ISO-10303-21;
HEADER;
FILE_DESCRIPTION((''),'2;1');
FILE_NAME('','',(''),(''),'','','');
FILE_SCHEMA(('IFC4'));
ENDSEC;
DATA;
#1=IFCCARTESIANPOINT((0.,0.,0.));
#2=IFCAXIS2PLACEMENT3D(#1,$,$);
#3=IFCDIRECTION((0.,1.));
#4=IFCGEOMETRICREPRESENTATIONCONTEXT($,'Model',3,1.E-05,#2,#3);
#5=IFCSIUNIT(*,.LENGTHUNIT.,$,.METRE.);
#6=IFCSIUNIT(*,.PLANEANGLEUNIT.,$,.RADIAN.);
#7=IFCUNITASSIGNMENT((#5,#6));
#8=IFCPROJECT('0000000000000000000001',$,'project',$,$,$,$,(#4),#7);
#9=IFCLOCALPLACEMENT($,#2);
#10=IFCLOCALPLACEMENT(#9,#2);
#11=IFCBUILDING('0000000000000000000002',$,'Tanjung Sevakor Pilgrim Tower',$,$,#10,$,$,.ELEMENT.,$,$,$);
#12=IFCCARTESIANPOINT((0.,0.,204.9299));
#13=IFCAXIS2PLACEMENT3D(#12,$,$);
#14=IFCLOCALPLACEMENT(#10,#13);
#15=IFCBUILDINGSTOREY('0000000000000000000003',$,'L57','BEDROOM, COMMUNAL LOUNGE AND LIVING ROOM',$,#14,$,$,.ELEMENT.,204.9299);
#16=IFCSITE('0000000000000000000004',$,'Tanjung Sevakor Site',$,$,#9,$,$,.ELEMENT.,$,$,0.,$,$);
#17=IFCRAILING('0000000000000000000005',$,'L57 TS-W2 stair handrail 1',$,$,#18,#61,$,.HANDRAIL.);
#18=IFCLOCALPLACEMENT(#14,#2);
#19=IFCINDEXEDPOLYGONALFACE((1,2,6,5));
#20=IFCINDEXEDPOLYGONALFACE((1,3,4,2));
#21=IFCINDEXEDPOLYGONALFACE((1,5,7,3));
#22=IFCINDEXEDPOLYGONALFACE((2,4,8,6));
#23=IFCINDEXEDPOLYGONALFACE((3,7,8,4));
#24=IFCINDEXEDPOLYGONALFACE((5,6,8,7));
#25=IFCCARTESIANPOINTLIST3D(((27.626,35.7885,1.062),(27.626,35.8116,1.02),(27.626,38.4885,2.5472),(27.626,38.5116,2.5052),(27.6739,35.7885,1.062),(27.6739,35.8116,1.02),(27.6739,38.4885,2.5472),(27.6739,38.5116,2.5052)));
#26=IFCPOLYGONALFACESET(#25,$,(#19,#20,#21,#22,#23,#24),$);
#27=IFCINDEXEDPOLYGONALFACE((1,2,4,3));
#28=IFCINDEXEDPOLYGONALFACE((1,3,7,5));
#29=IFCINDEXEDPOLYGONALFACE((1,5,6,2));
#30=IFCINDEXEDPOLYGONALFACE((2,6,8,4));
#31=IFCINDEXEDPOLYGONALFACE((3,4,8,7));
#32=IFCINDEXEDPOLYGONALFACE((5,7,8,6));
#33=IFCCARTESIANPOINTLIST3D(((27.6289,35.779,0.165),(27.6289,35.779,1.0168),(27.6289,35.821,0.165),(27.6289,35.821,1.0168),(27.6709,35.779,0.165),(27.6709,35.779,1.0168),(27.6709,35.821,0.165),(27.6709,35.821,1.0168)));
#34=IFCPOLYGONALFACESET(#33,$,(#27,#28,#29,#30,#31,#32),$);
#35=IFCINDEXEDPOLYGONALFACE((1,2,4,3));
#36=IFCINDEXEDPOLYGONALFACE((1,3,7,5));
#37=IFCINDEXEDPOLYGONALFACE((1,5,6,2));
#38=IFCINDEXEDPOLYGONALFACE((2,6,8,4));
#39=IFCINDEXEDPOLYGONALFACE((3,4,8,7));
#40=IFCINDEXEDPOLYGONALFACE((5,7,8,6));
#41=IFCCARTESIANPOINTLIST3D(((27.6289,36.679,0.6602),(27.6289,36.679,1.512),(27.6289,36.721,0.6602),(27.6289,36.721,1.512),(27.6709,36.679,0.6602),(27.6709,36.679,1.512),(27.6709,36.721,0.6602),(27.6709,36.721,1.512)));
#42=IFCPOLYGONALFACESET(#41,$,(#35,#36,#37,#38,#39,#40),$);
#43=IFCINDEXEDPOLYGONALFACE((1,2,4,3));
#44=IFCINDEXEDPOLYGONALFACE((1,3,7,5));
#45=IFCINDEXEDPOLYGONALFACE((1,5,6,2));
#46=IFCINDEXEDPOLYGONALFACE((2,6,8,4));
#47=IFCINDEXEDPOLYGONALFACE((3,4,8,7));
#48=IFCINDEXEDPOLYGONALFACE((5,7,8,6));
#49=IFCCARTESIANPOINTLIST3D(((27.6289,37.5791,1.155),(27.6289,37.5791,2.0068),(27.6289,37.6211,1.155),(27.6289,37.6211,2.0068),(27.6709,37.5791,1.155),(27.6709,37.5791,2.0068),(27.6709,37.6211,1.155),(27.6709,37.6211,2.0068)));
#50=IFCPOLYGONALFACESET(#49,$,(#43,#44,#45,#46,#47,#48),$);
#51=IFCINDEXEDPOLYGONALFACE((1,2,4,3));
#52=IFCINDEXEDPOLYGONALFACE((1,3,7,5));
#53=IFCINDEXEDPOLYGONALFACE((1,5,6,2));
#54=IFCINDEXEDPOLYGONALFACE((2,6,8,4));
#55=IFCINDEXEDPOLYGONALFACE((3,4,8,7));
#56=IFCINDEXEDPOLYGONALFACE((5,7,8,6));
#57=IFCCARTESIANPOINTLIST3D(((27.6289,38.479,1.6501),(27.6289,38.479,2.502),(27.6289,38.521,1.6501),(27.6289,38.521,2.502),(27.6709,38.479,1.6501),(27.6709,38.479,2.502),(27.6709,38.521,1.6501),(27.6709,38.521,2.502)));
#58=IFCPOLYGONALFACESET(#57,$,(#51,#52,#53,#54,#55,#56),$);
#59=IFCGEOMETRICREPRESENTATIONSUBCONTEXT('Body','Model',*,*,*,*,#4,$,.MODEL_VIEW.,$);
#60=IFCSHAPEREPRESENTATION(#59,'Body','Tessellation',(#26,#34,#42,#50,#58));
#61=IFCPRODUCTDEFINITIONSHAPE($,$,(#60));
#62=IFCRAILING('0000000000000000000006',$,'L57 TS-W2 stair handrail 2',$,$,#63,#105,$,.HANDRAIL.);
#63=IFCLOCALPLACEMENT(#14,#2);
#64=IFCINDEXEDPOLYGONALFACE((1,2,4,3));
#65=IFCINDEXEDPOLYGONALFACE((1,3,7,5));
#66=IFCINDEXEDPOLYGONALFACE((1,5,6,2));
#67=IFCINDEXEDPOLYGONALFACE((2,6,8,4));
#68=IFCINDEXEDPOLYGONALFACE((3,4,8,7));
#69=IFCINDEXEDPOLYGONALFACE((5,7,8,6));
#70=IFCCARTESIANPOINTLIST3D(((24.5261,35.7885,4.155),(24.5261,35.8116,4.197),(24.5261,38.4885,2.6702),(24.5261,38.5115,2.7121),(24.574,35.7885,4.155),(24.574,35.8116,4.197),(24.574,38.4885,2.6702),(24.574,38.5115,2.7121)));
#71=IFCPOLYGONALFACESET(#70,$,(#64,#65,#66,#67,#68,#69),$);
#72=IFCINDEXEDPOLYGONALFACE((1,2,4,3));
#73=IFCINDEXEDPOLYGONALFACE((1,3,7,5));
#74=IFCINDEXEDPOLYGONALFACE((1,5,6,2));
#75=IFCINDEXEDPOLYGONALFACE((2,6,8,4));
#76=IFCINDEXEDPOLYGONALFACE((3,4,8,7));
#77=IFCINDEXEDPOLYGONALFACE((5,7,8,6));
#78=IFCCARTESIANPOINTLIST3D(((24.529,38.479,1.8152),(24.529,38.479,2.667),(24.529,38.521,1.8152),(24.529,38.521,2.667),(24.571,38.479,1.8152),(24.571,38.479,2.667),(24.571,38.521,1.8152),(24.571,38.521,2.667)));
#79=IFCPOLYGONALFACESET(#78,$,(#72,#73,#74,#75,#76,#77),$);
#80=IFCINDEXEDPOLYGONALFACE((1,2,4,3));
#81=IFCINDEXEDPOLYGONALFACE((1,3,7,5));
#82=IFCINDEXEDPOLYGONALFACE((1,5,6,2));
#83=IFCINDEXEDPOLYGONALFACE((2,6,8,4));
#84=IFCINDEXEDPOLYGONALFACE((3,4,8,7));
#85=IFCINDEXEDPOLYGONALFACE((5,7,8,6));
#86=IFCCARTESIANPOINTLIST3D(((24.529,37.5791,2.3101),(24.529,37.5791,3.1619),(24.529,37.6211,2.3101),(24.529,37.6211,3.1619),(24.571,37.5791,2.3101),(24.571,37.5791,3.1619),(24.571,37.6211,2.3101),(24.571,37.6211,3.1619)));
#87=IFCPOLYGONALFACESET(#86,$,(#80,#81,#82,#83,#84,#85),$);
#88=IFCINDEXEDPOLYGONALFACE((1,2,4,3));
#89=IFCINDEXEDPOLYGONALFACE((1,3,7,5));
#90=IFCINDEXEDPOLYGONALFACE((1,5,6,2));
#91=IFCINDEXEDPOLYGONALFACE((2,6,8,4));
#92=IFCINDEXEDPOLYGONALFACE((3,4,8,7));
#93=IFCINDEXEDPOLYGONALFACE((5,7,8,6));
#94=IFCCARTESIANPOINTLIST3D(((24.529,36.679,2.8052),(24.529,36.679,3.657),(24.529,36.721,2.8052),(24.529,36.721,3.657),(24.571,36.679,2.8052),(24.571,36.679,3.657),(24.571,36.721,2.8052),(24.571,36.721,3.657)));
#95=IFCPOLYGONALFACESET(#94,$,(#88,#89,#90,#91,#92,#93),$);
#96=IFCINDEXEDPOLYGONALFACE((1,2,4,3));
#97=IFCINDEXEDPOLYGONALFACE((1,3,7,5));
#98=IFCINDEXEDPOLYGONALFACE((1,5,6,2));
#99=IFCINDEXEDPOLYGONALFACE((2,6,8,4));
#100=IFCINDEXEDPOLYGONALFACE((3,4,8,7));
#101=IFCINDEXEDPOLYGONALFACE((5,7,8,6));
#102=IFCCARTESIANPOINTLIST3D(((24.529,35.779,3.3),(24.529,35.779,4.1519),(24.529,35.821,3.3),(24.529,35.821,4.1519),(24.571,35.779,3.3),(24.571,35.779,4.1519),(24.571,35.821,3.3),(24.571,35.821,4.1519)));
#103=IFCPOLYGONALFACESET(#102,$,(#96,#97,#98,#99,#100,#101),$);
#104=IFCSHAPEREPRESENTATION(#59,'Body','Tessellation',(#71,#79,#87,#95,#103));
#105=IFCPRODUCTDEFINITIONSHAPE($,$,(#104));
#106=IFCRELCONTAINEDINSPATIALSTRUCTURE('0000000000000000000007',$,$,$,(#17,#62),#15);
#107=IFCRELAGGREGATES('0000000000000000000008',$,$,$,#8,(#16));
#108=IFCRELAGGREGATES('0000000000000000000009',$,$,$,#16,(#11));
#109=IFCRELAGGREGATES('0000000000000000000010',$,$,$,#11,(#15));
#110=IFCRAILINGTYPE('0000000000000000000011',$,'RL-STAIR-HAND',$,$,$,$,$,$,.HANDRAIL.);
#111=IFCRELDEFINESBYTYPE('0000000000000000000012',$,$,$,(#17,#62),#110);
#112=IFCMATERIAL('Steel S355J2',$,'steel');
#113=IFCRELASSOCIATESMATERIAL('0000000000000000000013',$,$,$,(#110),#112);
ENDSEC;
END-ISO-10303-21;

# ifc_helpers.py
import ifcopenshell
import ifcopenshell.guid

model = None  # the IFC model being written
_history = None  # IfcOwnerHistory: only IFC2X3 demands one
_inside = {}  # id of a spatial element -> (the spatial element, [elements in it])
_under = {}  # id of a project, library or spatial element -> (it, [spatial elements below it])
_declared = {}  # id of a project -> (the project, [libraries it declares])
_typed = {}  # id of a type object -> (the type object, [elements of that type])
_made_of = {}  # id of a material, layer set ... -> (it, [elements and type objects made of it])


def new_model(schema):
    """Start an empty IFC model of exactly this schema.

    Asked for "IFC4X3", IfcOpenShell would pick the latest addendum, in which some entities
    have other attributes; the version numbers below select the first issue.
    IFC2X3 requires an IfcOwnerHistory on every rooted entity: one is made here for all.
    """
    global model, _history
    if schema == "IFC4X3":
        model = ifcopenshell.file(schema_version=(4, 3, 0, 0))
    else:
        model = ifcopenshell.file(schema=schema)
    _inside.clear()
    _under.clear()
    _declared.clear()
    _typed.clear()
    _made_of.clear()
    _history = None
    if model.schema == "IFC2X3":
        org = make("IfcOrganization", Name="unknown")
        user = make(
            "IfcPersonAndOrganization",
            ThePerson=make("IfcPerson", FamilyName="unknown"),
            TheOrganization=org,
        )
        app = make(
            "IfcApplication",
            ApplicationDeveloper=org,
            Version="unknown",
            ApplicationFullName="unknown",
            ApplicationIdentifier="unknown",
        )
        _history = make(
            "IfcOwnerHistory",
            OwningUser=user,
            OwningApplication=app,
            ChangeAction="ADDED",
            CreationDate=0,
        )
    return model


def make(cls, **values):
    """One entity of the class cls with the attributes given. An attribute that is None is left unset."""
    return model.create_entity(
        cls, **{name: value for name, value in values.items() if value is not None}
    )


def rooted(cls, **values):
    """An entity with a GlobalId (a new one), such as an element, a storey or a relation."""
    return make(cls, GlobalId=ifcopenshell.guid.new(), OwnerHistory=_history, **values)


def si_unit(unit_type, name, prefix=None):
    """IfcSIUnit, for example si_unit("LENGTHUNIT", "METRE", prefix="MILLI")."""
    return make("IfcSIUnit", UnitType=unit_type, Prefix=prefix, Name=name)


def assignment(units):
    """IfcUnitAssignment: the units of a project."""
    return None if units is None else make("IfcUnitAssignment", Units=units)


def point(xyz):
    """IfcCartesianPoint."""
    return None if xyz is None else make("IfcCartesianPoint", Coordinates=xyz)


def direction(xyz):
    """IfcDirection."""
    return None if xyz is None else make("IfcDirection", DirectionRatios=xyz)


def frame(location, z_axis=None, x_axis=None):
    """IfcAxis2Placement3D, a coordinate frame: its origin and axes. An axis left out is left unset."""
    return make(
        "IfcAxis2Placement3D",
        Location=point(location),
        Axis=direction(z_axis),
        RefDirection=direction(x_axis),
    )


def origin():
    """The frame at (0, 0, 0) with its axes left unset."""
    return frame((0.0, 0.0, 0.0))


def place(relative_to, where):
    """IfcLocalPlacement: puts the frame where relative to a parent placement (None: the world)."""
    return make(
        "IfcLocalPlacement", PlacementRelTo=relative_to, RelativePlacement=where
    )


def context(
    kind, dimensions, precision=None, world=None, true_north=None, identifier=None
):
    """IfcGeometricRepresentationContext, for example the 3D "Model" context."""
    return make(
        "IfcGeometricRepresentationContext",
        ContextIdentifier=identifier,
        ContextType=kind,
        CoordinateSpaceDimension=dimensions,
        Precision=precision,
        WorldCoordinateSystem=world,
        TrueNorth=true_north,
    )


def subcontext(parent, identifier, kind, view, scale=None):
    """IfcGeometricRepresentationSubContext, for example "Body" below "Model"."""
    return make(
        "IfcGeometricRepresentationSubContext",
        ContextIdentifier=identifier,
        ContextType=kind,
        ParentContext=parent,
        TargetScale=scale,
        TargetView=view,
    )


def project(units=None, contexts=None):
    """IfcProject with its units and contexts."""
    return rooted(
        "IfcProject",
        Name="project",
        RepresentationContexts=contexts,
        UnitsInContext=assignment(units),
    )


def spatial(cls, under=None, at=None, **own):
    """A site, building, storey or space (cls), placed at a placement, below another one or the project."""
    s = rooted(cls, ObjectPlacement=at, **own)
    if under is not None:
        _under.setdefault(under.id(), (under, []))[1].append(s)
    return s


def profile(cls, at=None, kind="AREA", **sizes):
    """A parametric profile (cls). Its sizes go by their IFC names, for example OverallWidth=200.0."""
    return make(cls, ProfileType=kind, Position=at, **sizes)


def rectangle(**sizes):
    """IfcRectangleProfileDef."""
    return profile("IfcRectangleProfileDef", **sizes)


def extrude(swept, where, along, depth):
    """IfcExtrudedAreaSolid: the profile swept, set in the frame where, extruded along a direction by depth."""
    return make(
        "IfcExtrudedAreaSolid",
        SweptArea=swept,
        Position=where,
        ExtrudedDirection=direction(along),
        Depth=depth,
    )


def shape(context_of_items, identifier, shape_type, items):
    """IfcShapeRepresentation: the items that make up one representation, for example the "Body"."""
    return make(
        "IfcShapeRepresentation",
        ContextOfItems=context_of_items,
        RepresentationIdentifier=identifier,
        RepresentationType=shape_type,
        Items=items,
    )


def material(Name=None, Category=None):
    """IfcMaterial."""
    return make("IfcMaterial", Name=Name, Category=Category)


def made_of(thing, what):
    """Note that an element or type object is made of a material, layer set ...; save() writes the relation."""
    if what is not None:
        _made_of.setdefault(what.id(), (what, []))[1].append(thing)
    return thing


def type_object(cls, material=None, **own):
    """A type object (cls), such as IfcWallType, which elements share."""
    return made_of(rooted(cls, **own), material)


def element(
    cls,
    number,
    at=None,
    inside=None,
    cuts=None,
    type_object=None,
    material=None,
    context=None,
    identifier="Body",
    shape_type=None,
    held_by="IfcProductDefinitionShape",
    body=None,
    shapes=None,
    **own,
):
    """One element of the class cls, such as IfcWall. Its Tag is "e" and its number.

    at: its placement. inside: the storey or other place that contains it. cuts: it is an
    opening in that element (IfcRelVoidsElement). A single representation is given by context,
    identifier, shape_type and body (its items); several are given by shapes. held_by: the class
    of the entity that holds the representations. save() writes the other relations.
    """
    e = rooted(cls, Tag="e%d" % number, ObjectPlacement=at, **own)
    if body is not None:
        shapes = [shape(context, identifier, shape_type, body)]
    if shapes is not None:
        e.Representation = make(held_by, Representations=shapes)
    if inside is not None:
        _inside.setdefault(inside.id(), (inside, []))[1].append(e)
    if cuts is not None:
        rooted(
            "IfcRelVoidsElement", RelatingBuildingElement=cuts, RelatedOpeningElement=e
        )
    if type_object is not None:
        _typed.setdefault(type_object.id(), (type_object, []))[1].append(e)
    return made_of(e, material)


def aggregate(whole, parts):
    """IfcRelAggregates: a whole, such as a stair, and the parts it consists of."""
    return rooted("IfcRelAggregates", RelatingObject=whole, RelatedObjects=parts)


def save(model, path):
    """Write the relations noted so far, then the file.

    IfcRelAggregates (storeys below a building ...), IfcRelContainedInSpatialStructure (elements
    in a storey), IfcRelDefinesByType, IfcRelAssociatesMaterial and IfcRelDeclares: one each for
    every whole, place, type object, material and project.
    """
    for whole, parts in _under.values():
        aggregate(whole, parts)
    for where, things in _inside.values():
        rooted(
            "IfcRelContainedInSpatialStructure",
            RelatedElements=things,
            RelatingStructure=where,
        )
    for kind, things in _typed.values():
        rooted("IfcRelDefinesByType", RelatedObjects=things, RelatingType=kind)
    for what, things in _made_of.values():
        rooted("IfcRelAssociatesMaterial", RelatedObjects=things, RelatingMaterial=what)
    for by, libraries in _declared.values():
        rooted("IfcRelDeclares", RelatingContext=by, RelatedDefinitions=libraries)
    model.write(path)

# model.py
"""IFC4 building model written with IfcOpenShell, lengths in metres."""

from ifc_helpers import new_model, si_unit, direction, frame, origin, place, context, subcontext, project, spatial, rectangle, extrude, material, type_object, element, save


model = new_model("IFC4")

# Units and contexts
model_context = context("Model", 3, precision=1e-05, world=origin(), true_north=direction((0.0, 1.0)))
body_context = subcontext(model_context, "Body", "Model", "MODEL_VIEW")
ifc_project = project(units=[si_unit("LENGTHUNIT", "METRE"), si_unit("PLANEANGLEUNIT", "RADIAN")], contexts=[model_context])

# Site, building, storey
site_placement = place(None, origin())
site = spatial("IfcSite", under=ifc_project, at=site_placement, Name="Tanjung Sevakor Site", CompositionType="ELEMENT", RefElevation=0.0)
building_placement = place(site_placement, origin())
building = spatial("IfcBuilding", under=site, at=building_placement, Name="Tanjung Sevakor Pilgrim Tower", CompositionType="ELEMENT")
storey_placement = place(building_placement, frame((0.0, 0.0, 204.9299)))
storey = spatial("IfcBuildingStorey", under=building, at=storey_placement, Name="L57", Description="BEDROOM, COMMUNAL LOUNGE AND LIVING ROOM", CompositionType="ELEMENT", Elevation=204.9299)

# Railings
ifc_material_1 = material(Name="Steel S355J2", Category="steel")
railing_type_1 = type_object("IfcRailingType", Name="RL-STAIR-HAND", PredefinedType="HANDRAIL", material=ifc_material_1)
railing_1_placement = place(storey_placement, frame((27.6499, 35.8, 0.165)))
element("IfcRailing", 1, at=railing_1_placement, inside=storey, type_object=railing_type_1, Name="L57 TS-W2 stair handrail 1", PredefinedType="HANDRAIL", context=body_context, shape_type="SweptSolid", body=[
    extrude(rectangle(XDim=0.0479, YDim=0.0479), frame((0.0, 0.0, 0.876), z_axis=(0.0, 0.876198, 0.481952), x_axis=(-1.0, 0.0, 0.0)), (0.0, 0.0, 1.0), 3.0815),
    extrude(rectangle(XDim=0.042, YDim=0.042), origin(), (0.0, 0.0, 1.0), 0.8518),
    extrude(rectangle(XDim=0.042, YDim=0.042), frame((0.0, 0.8999, 0.4951)), (0.0, 0.0, 1.0), 0.8518),
    extrude(rectangle(XDim=0.042, YDim=0.042), frame((0.0, 1.8, 0.99)), (0.0, 0.0, 1.0), 0.8518),
    extrude(rectangle(XDim=0.042, YDim=0.042), frame((0.0, 2.7, 1.4851)), (0.0, 0.0, 1.0), 0.8518),
])
railing_2_placement = place(storey_placement, frame((24.55, 38.5, 1.8152)))
element("IfcRailing", 2, at=railing_2_placement, inside=storey, type_object=railing_type_1, Name="L57 TS-W2 stair handrail 2", PredefinedType="HANDRAIL", context=body_context, shape_type="SweptSolid", body=[
    extrude(rectangle(XDim=0.0479, YDim=0.0479), frame((0.0, 0.0, 0.876), z_axis=(0.0, -0.876231, 0.481891), x_axis=(1.0, 0.0, 0.0)), (0.0, 0.0, 1.0), 3.0813),
    extrude(rectangle(XDim=0.042, YDim=0.042), origin(), (0.0, 0.0, 1.0), 0.8518),
    extrude(rectangle(XDim=0.042, YDim=0.042), frame((0.0, -0.8999, 0.4949)), (0.0, 0.0, 1.0), 0.8518),
    extrude(rectangle(XDim=0.042, YDim=0.042), frame((0.0, -1.8, 0.99)), (0.0, 0.0, 1.0), 0.8518),
    extrude(rectangle(XDim=0.042, YDim=0.042), frame((0.0, -2.7, 1.4849)), (0.0, 0.0, 1.0), 0.8518),
])

save(model, "model.ifc")
